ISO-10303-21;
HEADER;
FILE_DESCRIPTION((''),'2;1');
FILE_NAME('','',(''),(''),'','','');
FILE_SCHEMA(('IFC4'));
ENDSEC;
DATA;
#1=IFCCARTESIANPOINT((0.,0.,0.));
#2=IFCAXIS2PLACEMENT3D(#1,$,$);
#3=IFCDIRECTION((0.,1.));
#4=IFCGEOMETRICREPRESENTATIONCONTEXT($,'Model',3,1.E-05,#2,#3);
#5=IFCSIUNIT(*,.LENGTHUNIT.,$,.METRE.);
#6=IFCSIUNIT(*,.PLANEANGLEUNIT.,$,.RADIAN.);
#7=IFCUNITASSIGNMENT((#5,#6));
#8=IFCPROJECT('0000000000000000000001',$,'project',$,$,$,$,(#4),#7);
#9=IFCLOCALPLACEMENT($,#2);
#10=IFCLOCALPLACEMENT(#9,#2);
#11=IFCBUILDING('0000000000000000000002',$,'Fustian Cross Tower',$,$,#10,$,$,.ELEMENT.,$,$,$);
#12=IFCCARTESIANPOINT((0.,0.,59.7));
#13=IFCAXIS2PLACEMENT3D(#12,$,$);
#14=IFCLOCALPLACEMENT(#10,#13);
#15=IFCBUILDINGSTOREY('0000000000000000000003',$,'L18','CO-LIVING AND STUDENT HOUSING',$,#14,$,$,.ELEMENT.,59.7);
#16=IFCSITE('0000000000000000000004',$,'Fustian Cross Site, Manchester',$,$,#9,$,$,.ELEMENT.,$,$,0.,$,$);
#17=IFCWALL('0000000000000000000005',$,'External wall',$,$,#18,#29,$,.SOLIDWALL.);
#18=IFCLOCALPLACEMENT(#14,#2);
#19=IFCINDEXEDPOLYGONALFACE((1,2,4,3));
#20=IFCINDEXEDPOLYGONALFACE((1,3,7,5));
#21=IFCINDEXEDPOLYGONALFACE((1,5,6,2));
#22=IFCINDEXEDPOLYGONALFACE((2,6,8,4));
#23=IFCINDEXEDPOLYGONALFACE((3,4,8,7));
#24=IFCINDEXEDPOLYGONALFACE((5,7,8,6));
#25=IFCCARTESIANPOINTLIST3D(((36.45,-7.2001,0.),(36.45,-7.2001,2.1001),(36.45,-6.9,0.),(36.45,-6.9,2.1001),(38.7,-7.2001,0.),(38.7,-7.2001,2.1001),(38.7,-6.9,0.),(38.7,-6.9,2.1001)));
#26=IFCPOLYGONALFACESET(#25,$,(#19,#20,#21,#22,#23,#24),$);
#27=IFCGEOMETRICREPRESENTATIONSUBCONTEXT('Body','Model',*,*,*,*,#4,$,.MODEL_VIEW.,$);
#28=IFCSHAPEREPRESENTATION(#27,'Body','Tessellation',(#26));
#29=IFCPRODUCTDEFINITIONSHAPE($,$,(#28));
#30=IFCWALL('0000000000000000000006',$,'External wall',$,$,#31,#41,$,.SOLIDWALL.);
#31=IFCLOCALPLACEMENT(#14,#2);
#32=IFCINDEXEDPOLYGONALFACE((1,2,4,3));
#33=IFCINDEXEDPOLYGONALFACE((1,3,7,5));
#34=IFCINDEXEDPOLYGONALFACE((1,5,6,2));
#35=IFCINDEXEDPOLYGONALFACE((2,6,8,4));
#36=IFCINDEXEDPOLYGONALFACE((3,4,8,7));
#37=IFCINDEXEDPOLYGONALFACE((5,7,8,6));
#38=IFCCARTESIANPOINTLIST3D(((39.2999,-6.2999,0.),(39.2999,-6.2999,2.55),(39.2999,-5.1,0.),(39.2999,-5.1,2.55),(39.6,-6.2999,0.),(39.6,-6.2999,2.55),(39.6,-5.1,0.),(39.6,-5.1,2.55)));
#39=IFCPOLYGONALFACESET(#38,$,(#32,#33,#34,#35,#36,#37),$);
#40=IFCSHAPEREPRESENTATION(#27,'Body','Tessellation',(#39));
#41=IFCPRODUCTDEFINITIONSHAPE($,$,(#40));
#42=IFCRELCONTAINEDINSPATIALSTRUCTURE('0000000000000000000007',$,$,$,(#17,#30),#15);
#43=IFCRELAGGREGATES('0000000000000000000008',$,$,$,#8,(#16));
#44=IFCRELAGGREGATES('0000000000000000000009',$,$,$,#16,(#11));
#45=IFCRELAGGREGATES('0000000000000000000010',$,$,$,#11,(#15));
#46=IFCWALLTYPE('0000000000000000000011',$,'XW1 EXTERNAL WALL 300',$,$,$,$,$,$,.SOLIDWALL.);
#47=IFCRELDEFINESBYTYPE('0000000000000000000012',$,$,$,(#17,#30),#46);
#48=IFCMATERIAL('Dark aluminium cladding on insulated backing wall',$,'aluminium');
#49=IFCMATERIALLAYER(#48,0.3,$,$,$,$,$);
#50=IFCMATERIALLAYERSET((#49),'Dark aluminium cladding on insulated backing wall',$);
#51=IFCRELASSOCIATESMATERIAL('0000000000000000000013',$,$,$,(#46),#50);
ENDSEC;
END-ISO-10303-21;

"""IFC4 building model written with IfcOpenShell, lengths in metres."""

from ifc_helpers import new_model, si_unit, direction, frame, frame_2d, origin, place, context, subcontext, project, spatial, rectangle, extrude, material, layer, layer_set, type_object, element, save


model = new_model("IFC4")

# Units and contexts
model_context = context("Model", 3, precision=1e-05, world=origin(), true_north=direction((0.0, 1.0)))
body_context = subcontext(model_context, "Body", "Model", "MODEL_VIEW")
ifc_project = project(units=[si_unit("LENGTHUNIT", "METRE"), si_unit("PLANEANGLEUNIT", "RADIAN")], contexts=[model_context])

# Site, building, storey
site_placement = place(None, origin())
site = spatial("IfcSite", under=ifc_project, at=site_placement, Name="Fustian Cross Site, Manchester", CompositionType="ELEMENT", RefElevation=0.0)
building_placement = place(site_placement, origin())
building = spatial("IfcBuilding", under=site, at=building_placement, Name="Fustian Cross Tower", CompositionType="ELEMENT")
storey_placement = place(building_placement, frame((0.0, 0.0, 59.7)))
storey = spatial("IfcBuildingStorey", under=building, at=storey_placement, Name="L18", Description="CO-LIVING AND STUDENT HOUSING", CompositionType="ELEMENT", Elevation=59.7)

# Shared definitions
ifc_material_1 = material(Name="Dark aluminium cladding on insulated backing wall", Category="aluminium")
ifc_layer_1 = layer(ifc_material_1, 0.3)
ifc_layer_set_1 = layer_set([ifc_layer_1], Name="Dark aluminium cladding on insulated backing wall")
wall_type_1 = type_object("IfcWallType", Name="XW1 EXTERNAL WALL 300", PredefinedType="SOLIDWALL", material=ifc_layer_set_1)

# Walls
wall_1_placement = place(storey_placement, frame((36.45, -7.05, 0.0), z_axis=(0.0, 0.0, 1.0), x_axis=(1.0, 0.0, 0.0)))
element("IfcWall", 1, at=wall_1_placement, inside=storey, type_object=wall_type_1, Name="External wall", PredefinedType="SOLIDWALL", context=body_context, shape_type="SweptSolid", body=[
    extrude(rectangle(XDim=2.25, YDim=0.3, at=frame_2d((1.125, 0.0))), origin(), (0.0, 0.0, 1.0), 2.1001),
])
wall_2_placement = place(storey_placement, frame((39.45, -6.3, 0.0), z_axis=(0.0, 0.0, 1.0), x_axis=(0.0, 1.0, 0.0)))
element("IfcWall", 2, at=wall_2_placement, inside=storey, type_object=wall_type_1, Name="External wall", PredefinedType="SOLIDWALL", context=body_context, shape_type="SweptSolid", body=[
    extrude(rectangle(XDim=1.2, YDim=0.3, at=frame_2d((0.6001, 0.0))), origin(), (0.0, 0.0, 1.0), 2.55),
])

save(model, "model.ifc")
